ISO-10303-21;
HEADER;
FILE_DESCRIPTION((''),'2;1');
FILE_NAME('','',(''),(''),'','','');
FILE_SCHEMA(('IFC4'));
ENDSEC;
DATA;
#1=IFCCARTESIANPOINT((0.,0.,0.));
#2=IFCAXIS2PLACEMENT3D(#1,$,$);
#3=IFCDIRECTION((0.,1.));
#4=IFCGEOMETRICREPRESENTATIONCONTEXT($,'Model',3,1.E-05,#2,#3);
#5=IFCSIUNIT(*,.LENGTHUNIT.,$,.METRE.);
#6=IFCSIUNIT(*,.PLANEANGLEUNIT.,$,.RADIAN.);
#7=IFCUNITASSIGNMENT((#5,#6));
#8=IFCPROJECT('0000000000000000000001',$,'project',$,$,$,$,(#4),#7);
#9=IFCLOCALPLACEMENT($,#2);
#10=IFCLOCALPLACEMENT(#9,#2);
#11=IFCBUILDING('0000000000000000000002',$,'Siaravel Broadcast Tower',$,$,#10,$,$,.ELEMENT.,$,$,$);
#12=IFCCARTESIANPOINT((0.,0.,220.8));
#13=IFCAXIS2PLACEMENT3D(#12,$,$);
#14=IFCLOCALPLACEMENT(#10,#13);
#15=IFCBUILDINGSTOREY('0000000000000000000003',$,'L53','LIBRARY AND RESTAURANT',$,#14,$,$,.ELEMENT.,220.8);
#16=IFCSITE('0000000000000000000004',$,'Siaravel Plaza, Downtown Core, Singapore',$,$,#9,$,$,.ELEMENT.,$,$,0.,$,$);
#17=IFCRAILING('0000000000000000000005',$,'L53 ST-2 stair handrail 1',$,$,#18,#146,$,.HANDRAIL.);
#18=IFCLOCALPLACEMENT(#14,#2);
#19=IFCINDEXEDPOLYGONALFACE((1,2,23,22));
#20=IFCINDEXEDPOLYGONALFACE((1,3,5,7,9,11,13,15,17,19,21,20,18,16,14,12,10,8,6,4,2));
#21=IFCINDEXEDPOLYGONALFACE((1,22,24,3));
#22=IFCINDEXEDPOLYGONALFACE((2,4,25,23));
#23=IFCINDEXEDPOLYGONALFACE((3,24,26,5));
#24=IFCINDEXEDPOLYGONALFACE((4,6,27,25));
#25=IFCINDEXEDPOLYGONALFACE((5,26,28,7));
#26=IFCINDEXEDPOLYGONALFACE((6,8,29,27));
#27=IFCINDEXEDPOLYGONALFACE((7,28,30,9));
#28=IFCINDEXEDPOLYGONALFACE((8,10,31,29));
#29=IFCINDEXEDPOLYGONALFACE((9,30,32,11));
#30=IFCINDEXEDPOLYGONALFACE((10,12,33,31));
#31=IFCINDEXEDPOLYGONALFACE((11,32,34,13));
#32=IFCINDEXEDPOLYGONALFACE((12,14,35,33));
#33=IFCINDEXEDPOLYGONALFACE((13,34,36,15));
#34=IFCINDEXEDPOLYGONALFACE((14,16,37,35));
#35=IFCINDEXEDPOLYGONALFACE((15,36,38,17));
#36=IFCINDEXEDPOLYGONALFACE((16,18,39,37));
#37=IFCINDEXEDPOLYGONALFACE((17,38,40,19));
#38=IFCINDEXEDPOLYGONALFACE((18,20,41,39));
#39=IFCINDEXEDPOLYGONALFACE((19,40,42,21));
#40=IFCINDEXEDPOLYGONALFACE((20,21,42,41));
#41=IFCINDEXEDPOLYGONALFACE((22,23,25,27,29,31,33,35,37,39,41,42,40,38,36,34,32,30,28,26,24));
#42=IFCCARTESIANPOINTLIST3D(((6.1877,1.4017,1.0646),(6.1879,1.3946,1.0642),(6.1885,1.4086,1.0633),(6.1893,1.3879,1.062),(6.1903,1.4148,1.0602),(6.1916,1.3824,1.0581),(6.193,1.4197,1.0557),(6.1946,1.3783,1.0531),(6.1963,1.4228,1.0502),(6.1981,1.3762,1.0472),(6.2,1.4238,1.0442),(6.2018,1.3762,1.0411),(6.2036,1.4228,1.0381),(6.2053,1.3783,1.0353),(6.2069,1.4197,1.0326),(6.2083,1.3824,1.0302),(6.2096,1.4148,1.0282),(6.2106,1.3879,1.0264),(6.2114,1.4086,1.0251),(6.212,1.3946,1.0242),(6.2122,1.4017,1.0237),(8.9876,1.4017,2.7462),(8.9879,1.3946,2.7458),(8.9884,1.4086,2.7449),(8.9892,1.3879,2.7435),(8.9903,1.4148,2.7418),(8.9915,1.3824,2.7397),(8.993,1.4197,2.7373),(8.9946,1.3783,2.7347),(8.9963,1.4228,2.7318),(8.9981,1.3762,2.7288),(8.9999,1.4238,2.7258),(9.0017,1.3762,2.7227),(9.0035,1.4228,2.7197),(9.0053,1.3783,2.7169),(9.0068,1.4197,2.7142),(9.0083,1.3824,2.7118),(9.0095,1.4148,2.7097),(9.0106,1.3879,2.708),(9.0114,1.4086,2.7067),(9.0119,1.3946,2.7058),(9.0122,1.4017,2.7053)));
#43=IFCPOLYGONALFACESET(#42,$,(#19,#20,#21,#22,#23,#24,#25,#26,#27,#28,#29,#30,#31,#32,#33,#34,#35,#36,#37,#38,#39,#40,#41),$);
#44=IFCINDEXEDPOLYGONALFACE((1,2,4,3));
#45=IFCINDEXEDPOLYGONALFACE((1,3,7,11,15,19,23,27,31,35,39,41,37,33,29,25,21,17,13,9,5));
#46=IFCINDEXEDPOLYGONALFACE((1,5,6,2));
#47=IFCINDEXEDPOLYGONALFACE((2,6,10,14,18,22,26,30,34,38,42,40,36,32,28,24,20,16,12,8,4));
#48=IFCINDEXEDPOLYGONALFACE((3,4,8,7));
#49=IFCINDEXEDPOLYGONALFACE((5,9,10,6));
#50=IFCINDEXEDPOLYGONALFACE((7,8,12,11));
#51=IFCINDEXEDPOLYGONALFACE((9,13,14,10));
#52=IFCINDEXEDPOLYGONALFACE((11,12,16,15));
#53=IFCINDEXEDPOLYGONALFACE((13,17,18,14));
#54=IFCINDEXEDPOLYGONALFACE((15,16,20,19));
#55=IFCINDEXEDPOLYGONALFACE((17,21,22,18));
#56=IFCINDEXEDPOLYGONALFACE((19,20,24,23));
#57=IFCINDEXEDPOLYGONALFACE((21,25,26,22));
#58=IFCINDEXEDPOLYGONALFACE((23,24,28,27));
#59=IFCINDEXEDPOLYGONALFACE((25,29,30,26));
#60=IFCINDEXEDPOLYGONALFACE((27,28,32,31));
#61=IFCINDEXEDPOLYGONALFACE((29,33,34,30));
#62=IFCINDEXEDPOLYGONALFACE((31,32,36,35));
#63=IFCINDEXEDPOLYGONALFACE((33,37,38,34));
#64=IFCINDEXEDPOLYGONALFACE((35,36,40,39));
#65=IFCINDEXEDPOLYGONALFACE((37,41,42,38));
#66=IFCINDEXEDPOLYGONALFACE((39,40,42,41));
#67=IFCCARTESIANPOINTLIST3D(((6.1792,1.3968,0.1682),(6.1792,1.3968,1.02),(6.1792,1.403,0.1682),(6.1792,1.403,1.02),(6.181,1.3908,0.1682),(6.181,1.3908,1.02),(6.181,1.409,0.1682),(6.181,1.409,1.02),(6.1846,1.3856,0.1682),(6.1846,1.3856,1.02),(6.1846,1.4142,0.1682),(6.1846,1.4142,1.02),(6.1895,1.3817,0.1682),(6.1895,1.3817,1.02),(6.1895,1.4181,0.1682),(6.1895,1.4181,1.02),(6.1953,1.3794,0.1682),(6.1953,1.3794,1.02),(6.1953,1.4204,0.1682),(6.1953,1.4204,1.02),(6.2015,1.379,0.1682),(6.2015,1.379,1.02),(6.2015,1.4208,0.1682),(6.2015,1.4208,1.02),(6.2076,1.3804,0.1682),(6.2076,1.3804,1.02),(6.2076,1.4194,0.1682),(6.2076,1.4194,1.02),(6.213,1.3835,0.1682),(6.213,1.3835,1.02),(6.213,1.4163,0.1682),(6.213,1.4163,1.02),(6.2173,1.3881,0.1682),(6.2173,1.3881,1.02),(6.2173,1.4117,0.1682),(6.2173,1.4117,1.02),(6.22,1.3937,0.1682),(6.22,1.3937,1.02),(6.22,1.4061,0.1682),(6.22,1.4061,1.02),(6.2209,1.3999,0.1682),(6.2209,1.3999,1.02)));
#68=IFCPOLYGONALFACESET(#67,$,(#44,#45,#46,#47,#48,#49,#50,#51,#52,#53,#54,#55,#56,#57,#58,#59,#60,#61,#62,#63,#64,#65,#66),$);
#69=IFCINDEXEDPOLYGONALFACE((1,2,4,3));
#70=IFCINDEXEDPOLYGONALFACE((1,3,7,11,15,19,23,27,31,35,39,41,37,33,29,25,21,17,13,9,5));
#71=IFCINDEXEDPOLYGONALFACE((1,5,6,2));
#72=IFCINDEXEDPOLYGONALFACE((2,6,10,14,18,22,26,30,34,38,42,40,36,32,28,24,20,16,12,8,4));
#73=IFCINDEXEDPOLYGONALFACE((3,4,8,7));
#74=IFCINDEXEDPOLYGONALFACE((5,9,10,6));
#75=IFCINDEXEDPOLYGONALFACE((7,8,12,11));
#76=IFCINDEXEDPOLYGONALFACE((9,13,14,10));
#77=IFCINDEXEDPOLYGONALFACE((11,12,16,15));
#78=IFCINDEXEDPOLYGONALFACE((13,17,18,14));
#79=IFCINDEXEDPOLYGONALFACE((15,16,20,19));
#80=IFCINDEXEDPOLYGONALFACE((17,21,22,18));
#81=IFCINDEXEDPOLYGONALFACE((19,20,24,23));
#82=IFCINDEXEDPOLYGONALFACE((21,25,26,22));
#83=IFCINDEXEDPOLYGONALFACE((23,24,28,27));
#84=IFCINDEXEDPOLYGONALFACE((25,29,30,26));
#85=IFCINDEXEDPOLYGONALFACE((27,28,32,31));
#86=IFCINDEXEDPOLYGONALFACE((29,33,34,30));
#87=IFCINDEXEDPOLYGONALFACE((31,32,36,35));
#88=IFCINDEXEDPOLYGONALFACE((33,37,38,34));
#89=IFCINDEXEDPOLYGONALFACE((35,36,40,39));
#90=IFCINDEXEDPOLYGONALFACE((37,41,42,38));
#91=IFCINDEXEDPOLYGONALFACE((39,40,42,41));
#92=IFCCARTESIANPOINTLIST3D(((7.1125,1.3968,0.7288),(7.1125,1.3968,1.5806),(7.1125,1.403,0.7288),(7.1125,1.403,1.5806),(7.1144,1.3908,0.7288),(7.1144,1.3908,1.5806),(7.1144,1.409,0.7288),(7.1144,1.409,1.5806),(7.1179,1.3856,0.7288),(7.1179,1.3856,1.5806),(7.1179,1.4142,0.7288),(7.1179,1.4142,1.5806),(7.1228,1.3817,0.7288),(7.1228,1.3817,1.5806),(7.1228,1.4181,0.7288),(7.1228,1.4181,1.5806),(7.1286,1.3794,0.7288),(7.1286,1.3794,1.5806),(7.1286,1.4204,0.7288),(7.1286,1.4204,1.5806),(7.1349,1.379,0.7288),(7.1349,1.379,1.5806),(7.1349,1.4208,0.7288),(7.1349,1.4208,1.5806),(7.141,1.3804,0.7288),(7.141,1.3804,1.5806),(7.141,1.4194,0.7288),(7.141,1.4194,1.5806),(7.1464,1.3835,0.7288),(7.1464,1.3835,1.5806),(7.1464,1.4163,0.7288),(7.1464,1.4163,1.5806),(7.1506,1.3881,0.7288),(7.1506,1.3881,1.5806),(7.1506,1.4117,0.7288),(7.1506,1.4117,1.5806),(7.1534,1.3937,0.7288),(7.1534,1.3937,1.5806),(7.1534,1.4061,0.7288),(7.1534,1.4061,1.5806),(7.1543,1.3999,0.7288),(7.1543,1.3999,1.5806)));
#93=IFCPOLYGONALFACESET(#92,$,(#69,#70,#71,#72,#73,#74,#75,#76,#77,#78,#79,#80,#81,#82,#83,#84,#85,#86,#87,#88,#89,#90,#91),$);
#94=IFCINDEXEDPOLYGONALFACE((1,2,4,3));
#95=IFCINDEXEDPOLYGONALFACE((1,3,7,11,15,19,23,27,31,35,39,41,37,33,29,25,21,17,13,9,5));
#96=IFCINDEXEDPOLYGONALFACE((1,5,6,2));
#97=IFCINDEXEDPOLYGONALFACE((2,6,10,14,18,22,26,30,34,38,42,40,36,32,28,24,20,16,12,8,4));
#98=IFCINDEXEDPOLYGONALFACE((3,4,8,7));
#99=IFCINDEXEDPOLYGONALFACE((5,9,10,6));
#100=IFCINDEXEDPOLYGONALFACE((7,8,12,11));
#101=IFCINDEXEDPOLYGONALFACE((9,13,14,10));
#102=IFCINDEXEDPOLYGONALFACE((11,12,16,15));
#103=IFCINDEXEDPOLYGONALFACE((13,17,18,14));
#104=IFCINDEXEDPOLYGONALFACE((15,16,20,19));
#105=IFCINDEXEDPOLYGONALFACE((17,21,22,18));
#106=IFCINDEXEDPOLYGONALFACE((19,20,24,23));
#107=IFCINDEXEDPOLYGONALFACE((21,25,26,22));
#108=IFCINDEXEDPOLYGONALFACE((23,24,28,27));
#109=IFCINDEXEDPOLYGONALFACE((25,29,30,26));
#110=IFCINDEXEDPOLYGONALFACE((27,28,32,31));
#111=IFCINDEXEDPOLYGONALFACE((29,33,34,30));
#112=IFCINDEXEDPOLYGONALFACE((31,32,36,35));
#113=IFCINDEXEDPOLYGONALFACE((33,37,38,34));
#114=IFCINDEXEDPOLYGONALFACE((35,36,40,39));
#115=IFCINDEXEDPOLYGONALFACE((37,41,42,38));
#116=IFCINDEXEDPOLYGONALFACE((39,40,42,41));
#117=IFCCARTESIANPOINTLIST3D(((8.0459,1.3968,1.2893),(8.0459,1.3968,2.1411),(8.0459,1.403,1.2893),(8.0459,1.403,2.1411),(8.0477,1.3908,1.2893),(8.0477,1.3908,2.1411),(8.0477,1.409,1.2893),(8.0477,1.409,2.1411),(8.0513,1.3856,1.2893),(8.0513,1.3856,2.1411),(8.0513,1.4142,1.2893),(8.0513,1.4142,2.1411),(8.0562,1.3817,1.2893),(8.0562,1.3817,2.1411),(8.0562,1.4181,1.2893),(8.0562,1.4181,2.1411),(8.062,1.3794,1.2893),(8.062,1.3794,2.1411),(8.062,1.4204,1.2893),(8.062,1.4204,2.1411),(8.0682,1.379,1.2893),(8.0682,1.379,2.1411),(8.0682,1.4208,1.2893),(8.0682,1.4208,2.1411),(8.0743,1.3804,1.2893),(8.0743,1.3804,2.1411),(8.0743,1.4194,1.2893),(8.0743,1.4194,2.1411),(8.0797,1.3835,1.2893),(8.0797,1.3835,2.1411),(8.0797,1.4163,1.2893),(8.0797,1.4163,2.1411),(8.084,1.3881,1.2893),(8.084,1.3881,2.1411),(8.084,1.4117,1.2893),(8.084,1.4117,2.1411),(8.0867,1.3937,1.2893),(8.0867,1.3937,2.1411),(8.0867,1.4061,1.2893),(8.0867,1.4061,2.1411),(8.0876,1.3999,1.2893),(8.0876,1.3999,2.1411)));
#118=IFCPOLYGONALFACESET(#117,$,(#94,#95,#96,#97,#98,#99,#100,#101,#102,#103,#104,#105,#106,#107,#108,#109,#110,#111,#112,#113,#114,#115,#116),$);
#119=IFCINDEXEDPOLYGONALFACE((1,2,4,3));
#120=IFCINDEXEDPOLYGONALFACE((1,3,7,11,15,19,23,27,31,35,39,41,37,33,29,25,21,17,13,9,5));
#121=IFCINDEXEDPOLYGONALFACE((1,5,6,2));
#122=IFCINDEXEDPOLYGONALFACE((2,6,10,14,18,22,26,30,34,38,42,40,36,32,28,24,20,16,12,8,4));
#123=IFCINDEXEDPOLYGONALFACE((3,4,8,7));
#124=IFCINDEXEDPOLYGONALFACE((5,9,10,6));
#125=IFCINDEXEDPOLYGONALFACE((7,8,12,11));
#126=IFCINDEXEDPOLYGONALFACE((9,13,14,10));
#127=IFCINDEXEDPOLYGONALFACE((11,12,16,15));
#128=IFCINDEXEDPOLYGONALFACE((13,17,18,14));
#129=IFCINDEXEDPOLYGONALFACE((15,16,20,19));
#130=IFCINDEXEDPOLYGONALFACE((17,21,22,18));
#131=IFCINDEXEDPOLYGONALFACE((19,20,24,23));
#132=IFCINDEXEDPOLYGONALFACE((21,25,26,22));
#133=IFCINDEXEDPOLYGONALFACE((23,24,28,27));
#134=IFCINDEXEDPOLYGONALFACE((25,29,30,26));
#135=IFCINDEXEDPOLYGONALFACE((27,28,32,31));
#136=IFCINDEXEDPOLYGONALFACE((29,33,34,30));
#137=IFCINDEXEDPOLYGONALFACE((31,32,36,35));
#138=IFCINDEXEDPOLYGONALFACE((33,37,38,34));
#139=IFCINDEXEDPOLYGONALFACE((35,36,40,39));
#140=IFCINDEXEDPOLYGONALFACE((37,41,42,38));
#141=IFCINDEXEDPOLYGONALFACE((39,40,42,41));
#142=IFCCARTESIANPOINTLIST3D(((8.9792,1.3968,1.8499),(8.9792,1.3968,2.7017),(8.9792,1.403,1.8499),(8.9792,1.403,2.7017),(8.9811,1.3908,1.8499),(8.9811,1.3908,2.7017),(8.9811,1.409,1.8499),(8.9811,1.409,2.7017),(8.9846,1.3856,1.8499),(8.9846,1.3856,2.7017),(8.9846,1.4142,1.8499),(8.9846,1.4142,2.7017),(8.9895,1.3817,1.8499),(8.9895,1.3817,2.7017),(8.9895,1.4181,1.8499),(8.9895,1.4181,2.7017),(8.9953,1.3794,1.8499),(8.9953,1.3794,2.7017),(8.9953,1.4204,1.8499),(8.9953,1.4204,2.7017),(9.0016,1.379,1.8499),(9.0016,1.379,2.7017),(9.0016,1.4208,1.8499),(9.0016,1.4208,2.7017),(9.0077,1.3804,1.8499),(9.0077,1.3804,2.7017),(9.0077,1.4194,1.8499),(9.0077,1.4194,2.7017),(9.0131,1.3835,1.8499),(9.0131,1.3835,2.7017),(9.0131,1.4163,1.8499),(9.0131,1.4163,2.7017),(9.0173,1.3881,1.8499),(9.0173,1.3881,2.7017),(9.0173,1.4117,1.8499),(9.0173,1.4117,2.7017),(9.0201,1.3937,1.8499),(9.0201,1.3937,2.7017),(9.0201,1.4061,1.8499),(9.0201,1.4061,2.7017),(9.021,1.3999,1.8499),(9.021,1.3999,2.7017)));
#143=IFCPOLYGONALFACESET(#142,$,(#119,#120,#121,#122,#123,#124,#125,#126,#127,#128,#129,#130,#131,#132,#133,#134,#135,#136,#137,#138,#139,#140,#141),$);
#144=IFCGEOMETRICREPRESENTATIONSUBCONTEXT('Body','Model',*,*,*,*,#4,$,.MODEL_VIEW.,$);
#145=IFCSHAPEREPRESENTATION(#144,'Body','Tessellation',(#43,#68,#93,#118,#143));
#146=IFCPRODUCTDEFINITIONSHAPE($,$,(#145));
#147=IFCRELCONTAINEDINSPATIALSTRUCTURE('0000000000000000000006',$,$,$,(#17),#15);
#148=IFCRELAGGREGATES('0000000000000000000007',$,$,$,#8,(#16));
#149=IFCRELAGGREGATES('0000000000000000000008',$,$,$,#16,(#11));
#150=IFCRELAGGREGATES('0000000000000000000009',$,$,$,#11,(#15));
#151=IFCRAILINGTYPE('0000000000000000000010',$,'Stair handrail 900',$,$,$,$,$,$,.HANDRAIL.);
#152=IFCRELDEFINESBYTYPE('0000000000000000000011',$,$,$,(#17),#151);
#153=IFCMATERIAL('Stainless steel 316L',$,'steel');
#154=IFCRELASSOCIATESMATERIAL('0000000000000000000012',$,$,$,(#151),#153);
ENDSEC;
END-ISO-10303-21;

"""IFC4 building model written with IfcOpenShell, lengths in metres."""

from ifc_helpers import new_model, si_unit, direction, frame, origin, origin_2d, place, context, subcontext, project, spatial, circle, extrude, material, type_object, element, save


model = new_model("IFC4")

# Units and contexts
model_context = context("Model", 3, precision=1e-05, world=origin(), true_north=direction((0.0, 1.0)))
body_context = subcontext(model_context, "Body", "Model", "MODEL_VIEW")
ifc_project = project(units=[si_unit("LENGTHUNIT", "METRE"), si_unit("PLANEANGLEUNIT", "RADIAN")], contexts=[model_context])

# Site, building, storey
site_placement = place(None, origin())
site = spatial("IfcSite", under=ifc_project, at=site_placement, Name="Siaravel Plaza, Downtown Core, Singapore", CompositionType="ELEMENT", RefElevation=0.0)
building_placement = place(site_placement, origin())
building = spatial("IfcBuilding", under=site, at=building_placement, Name="Siaravel Broadcast Tower", CompositionType="ELEMENT")
storey_placement = place(building_placement, frame((0.0, 0.0, 220.8)))
storey = spatial("IfcBuildingStorey", under=building, at=storey_placement, Name="L53", Description="LIBRARY AND RESTAURANT", CompositionType="ELEMENT", Elevation=220.8)

# Railing
ifc_material_1 = material(Name="Stainless steel 316L", Category="steel")
railing_type_1 = type_object("IfcRailingType", Name="Stair handrail 900", PredefinedType="HANDRAIL", material=ifc_material_1)
railing_1_placement = place(storey_placement, frame((6.2, 1.3999, 0.1682)))
element("IfcRailing", 1, at=railing_1_placement, inside=storey, type_object=railing_type_1, Name="L53 ST-2 stair handrail 1", PredefinedType="HANDRAIL", context=body_context, shape_type="SweptSolid", body=[
    extrude(circle(Radius=0.0239, at=origin_2d()), frame((0.0, 0.0, 0.876), z_axis=(0.857275, 0.0, 0.514858), x_axis=(0.0, 1.0, 0.0)), (0.0, 0.0, 1.0), 3.2661),
    extrude(circle(Radius=0.021, at=origin_2d()), origin(), (0.0, 0.0, 1.0), 0.8518),
    extrude(circle(Radius=0.021, at=origin_2d()), frame((0.9333, 0.0, 0.5605)), (0.0, 0.0, 1.0), 0.8518),
    extrude(circle(Radius=0.021, at=origin_2d()), frame((1.8667, 0.0, 1.1211)), (0.0, 0.0, 1.0), 0.8518),
    extrude(circle(Radius=0.021, at=origin_2d()), frame((2.8, 0.0, 1.6816)), (0.0, 0.0, 1.0), 0.8518),
])

save(model, "model.ifc")
